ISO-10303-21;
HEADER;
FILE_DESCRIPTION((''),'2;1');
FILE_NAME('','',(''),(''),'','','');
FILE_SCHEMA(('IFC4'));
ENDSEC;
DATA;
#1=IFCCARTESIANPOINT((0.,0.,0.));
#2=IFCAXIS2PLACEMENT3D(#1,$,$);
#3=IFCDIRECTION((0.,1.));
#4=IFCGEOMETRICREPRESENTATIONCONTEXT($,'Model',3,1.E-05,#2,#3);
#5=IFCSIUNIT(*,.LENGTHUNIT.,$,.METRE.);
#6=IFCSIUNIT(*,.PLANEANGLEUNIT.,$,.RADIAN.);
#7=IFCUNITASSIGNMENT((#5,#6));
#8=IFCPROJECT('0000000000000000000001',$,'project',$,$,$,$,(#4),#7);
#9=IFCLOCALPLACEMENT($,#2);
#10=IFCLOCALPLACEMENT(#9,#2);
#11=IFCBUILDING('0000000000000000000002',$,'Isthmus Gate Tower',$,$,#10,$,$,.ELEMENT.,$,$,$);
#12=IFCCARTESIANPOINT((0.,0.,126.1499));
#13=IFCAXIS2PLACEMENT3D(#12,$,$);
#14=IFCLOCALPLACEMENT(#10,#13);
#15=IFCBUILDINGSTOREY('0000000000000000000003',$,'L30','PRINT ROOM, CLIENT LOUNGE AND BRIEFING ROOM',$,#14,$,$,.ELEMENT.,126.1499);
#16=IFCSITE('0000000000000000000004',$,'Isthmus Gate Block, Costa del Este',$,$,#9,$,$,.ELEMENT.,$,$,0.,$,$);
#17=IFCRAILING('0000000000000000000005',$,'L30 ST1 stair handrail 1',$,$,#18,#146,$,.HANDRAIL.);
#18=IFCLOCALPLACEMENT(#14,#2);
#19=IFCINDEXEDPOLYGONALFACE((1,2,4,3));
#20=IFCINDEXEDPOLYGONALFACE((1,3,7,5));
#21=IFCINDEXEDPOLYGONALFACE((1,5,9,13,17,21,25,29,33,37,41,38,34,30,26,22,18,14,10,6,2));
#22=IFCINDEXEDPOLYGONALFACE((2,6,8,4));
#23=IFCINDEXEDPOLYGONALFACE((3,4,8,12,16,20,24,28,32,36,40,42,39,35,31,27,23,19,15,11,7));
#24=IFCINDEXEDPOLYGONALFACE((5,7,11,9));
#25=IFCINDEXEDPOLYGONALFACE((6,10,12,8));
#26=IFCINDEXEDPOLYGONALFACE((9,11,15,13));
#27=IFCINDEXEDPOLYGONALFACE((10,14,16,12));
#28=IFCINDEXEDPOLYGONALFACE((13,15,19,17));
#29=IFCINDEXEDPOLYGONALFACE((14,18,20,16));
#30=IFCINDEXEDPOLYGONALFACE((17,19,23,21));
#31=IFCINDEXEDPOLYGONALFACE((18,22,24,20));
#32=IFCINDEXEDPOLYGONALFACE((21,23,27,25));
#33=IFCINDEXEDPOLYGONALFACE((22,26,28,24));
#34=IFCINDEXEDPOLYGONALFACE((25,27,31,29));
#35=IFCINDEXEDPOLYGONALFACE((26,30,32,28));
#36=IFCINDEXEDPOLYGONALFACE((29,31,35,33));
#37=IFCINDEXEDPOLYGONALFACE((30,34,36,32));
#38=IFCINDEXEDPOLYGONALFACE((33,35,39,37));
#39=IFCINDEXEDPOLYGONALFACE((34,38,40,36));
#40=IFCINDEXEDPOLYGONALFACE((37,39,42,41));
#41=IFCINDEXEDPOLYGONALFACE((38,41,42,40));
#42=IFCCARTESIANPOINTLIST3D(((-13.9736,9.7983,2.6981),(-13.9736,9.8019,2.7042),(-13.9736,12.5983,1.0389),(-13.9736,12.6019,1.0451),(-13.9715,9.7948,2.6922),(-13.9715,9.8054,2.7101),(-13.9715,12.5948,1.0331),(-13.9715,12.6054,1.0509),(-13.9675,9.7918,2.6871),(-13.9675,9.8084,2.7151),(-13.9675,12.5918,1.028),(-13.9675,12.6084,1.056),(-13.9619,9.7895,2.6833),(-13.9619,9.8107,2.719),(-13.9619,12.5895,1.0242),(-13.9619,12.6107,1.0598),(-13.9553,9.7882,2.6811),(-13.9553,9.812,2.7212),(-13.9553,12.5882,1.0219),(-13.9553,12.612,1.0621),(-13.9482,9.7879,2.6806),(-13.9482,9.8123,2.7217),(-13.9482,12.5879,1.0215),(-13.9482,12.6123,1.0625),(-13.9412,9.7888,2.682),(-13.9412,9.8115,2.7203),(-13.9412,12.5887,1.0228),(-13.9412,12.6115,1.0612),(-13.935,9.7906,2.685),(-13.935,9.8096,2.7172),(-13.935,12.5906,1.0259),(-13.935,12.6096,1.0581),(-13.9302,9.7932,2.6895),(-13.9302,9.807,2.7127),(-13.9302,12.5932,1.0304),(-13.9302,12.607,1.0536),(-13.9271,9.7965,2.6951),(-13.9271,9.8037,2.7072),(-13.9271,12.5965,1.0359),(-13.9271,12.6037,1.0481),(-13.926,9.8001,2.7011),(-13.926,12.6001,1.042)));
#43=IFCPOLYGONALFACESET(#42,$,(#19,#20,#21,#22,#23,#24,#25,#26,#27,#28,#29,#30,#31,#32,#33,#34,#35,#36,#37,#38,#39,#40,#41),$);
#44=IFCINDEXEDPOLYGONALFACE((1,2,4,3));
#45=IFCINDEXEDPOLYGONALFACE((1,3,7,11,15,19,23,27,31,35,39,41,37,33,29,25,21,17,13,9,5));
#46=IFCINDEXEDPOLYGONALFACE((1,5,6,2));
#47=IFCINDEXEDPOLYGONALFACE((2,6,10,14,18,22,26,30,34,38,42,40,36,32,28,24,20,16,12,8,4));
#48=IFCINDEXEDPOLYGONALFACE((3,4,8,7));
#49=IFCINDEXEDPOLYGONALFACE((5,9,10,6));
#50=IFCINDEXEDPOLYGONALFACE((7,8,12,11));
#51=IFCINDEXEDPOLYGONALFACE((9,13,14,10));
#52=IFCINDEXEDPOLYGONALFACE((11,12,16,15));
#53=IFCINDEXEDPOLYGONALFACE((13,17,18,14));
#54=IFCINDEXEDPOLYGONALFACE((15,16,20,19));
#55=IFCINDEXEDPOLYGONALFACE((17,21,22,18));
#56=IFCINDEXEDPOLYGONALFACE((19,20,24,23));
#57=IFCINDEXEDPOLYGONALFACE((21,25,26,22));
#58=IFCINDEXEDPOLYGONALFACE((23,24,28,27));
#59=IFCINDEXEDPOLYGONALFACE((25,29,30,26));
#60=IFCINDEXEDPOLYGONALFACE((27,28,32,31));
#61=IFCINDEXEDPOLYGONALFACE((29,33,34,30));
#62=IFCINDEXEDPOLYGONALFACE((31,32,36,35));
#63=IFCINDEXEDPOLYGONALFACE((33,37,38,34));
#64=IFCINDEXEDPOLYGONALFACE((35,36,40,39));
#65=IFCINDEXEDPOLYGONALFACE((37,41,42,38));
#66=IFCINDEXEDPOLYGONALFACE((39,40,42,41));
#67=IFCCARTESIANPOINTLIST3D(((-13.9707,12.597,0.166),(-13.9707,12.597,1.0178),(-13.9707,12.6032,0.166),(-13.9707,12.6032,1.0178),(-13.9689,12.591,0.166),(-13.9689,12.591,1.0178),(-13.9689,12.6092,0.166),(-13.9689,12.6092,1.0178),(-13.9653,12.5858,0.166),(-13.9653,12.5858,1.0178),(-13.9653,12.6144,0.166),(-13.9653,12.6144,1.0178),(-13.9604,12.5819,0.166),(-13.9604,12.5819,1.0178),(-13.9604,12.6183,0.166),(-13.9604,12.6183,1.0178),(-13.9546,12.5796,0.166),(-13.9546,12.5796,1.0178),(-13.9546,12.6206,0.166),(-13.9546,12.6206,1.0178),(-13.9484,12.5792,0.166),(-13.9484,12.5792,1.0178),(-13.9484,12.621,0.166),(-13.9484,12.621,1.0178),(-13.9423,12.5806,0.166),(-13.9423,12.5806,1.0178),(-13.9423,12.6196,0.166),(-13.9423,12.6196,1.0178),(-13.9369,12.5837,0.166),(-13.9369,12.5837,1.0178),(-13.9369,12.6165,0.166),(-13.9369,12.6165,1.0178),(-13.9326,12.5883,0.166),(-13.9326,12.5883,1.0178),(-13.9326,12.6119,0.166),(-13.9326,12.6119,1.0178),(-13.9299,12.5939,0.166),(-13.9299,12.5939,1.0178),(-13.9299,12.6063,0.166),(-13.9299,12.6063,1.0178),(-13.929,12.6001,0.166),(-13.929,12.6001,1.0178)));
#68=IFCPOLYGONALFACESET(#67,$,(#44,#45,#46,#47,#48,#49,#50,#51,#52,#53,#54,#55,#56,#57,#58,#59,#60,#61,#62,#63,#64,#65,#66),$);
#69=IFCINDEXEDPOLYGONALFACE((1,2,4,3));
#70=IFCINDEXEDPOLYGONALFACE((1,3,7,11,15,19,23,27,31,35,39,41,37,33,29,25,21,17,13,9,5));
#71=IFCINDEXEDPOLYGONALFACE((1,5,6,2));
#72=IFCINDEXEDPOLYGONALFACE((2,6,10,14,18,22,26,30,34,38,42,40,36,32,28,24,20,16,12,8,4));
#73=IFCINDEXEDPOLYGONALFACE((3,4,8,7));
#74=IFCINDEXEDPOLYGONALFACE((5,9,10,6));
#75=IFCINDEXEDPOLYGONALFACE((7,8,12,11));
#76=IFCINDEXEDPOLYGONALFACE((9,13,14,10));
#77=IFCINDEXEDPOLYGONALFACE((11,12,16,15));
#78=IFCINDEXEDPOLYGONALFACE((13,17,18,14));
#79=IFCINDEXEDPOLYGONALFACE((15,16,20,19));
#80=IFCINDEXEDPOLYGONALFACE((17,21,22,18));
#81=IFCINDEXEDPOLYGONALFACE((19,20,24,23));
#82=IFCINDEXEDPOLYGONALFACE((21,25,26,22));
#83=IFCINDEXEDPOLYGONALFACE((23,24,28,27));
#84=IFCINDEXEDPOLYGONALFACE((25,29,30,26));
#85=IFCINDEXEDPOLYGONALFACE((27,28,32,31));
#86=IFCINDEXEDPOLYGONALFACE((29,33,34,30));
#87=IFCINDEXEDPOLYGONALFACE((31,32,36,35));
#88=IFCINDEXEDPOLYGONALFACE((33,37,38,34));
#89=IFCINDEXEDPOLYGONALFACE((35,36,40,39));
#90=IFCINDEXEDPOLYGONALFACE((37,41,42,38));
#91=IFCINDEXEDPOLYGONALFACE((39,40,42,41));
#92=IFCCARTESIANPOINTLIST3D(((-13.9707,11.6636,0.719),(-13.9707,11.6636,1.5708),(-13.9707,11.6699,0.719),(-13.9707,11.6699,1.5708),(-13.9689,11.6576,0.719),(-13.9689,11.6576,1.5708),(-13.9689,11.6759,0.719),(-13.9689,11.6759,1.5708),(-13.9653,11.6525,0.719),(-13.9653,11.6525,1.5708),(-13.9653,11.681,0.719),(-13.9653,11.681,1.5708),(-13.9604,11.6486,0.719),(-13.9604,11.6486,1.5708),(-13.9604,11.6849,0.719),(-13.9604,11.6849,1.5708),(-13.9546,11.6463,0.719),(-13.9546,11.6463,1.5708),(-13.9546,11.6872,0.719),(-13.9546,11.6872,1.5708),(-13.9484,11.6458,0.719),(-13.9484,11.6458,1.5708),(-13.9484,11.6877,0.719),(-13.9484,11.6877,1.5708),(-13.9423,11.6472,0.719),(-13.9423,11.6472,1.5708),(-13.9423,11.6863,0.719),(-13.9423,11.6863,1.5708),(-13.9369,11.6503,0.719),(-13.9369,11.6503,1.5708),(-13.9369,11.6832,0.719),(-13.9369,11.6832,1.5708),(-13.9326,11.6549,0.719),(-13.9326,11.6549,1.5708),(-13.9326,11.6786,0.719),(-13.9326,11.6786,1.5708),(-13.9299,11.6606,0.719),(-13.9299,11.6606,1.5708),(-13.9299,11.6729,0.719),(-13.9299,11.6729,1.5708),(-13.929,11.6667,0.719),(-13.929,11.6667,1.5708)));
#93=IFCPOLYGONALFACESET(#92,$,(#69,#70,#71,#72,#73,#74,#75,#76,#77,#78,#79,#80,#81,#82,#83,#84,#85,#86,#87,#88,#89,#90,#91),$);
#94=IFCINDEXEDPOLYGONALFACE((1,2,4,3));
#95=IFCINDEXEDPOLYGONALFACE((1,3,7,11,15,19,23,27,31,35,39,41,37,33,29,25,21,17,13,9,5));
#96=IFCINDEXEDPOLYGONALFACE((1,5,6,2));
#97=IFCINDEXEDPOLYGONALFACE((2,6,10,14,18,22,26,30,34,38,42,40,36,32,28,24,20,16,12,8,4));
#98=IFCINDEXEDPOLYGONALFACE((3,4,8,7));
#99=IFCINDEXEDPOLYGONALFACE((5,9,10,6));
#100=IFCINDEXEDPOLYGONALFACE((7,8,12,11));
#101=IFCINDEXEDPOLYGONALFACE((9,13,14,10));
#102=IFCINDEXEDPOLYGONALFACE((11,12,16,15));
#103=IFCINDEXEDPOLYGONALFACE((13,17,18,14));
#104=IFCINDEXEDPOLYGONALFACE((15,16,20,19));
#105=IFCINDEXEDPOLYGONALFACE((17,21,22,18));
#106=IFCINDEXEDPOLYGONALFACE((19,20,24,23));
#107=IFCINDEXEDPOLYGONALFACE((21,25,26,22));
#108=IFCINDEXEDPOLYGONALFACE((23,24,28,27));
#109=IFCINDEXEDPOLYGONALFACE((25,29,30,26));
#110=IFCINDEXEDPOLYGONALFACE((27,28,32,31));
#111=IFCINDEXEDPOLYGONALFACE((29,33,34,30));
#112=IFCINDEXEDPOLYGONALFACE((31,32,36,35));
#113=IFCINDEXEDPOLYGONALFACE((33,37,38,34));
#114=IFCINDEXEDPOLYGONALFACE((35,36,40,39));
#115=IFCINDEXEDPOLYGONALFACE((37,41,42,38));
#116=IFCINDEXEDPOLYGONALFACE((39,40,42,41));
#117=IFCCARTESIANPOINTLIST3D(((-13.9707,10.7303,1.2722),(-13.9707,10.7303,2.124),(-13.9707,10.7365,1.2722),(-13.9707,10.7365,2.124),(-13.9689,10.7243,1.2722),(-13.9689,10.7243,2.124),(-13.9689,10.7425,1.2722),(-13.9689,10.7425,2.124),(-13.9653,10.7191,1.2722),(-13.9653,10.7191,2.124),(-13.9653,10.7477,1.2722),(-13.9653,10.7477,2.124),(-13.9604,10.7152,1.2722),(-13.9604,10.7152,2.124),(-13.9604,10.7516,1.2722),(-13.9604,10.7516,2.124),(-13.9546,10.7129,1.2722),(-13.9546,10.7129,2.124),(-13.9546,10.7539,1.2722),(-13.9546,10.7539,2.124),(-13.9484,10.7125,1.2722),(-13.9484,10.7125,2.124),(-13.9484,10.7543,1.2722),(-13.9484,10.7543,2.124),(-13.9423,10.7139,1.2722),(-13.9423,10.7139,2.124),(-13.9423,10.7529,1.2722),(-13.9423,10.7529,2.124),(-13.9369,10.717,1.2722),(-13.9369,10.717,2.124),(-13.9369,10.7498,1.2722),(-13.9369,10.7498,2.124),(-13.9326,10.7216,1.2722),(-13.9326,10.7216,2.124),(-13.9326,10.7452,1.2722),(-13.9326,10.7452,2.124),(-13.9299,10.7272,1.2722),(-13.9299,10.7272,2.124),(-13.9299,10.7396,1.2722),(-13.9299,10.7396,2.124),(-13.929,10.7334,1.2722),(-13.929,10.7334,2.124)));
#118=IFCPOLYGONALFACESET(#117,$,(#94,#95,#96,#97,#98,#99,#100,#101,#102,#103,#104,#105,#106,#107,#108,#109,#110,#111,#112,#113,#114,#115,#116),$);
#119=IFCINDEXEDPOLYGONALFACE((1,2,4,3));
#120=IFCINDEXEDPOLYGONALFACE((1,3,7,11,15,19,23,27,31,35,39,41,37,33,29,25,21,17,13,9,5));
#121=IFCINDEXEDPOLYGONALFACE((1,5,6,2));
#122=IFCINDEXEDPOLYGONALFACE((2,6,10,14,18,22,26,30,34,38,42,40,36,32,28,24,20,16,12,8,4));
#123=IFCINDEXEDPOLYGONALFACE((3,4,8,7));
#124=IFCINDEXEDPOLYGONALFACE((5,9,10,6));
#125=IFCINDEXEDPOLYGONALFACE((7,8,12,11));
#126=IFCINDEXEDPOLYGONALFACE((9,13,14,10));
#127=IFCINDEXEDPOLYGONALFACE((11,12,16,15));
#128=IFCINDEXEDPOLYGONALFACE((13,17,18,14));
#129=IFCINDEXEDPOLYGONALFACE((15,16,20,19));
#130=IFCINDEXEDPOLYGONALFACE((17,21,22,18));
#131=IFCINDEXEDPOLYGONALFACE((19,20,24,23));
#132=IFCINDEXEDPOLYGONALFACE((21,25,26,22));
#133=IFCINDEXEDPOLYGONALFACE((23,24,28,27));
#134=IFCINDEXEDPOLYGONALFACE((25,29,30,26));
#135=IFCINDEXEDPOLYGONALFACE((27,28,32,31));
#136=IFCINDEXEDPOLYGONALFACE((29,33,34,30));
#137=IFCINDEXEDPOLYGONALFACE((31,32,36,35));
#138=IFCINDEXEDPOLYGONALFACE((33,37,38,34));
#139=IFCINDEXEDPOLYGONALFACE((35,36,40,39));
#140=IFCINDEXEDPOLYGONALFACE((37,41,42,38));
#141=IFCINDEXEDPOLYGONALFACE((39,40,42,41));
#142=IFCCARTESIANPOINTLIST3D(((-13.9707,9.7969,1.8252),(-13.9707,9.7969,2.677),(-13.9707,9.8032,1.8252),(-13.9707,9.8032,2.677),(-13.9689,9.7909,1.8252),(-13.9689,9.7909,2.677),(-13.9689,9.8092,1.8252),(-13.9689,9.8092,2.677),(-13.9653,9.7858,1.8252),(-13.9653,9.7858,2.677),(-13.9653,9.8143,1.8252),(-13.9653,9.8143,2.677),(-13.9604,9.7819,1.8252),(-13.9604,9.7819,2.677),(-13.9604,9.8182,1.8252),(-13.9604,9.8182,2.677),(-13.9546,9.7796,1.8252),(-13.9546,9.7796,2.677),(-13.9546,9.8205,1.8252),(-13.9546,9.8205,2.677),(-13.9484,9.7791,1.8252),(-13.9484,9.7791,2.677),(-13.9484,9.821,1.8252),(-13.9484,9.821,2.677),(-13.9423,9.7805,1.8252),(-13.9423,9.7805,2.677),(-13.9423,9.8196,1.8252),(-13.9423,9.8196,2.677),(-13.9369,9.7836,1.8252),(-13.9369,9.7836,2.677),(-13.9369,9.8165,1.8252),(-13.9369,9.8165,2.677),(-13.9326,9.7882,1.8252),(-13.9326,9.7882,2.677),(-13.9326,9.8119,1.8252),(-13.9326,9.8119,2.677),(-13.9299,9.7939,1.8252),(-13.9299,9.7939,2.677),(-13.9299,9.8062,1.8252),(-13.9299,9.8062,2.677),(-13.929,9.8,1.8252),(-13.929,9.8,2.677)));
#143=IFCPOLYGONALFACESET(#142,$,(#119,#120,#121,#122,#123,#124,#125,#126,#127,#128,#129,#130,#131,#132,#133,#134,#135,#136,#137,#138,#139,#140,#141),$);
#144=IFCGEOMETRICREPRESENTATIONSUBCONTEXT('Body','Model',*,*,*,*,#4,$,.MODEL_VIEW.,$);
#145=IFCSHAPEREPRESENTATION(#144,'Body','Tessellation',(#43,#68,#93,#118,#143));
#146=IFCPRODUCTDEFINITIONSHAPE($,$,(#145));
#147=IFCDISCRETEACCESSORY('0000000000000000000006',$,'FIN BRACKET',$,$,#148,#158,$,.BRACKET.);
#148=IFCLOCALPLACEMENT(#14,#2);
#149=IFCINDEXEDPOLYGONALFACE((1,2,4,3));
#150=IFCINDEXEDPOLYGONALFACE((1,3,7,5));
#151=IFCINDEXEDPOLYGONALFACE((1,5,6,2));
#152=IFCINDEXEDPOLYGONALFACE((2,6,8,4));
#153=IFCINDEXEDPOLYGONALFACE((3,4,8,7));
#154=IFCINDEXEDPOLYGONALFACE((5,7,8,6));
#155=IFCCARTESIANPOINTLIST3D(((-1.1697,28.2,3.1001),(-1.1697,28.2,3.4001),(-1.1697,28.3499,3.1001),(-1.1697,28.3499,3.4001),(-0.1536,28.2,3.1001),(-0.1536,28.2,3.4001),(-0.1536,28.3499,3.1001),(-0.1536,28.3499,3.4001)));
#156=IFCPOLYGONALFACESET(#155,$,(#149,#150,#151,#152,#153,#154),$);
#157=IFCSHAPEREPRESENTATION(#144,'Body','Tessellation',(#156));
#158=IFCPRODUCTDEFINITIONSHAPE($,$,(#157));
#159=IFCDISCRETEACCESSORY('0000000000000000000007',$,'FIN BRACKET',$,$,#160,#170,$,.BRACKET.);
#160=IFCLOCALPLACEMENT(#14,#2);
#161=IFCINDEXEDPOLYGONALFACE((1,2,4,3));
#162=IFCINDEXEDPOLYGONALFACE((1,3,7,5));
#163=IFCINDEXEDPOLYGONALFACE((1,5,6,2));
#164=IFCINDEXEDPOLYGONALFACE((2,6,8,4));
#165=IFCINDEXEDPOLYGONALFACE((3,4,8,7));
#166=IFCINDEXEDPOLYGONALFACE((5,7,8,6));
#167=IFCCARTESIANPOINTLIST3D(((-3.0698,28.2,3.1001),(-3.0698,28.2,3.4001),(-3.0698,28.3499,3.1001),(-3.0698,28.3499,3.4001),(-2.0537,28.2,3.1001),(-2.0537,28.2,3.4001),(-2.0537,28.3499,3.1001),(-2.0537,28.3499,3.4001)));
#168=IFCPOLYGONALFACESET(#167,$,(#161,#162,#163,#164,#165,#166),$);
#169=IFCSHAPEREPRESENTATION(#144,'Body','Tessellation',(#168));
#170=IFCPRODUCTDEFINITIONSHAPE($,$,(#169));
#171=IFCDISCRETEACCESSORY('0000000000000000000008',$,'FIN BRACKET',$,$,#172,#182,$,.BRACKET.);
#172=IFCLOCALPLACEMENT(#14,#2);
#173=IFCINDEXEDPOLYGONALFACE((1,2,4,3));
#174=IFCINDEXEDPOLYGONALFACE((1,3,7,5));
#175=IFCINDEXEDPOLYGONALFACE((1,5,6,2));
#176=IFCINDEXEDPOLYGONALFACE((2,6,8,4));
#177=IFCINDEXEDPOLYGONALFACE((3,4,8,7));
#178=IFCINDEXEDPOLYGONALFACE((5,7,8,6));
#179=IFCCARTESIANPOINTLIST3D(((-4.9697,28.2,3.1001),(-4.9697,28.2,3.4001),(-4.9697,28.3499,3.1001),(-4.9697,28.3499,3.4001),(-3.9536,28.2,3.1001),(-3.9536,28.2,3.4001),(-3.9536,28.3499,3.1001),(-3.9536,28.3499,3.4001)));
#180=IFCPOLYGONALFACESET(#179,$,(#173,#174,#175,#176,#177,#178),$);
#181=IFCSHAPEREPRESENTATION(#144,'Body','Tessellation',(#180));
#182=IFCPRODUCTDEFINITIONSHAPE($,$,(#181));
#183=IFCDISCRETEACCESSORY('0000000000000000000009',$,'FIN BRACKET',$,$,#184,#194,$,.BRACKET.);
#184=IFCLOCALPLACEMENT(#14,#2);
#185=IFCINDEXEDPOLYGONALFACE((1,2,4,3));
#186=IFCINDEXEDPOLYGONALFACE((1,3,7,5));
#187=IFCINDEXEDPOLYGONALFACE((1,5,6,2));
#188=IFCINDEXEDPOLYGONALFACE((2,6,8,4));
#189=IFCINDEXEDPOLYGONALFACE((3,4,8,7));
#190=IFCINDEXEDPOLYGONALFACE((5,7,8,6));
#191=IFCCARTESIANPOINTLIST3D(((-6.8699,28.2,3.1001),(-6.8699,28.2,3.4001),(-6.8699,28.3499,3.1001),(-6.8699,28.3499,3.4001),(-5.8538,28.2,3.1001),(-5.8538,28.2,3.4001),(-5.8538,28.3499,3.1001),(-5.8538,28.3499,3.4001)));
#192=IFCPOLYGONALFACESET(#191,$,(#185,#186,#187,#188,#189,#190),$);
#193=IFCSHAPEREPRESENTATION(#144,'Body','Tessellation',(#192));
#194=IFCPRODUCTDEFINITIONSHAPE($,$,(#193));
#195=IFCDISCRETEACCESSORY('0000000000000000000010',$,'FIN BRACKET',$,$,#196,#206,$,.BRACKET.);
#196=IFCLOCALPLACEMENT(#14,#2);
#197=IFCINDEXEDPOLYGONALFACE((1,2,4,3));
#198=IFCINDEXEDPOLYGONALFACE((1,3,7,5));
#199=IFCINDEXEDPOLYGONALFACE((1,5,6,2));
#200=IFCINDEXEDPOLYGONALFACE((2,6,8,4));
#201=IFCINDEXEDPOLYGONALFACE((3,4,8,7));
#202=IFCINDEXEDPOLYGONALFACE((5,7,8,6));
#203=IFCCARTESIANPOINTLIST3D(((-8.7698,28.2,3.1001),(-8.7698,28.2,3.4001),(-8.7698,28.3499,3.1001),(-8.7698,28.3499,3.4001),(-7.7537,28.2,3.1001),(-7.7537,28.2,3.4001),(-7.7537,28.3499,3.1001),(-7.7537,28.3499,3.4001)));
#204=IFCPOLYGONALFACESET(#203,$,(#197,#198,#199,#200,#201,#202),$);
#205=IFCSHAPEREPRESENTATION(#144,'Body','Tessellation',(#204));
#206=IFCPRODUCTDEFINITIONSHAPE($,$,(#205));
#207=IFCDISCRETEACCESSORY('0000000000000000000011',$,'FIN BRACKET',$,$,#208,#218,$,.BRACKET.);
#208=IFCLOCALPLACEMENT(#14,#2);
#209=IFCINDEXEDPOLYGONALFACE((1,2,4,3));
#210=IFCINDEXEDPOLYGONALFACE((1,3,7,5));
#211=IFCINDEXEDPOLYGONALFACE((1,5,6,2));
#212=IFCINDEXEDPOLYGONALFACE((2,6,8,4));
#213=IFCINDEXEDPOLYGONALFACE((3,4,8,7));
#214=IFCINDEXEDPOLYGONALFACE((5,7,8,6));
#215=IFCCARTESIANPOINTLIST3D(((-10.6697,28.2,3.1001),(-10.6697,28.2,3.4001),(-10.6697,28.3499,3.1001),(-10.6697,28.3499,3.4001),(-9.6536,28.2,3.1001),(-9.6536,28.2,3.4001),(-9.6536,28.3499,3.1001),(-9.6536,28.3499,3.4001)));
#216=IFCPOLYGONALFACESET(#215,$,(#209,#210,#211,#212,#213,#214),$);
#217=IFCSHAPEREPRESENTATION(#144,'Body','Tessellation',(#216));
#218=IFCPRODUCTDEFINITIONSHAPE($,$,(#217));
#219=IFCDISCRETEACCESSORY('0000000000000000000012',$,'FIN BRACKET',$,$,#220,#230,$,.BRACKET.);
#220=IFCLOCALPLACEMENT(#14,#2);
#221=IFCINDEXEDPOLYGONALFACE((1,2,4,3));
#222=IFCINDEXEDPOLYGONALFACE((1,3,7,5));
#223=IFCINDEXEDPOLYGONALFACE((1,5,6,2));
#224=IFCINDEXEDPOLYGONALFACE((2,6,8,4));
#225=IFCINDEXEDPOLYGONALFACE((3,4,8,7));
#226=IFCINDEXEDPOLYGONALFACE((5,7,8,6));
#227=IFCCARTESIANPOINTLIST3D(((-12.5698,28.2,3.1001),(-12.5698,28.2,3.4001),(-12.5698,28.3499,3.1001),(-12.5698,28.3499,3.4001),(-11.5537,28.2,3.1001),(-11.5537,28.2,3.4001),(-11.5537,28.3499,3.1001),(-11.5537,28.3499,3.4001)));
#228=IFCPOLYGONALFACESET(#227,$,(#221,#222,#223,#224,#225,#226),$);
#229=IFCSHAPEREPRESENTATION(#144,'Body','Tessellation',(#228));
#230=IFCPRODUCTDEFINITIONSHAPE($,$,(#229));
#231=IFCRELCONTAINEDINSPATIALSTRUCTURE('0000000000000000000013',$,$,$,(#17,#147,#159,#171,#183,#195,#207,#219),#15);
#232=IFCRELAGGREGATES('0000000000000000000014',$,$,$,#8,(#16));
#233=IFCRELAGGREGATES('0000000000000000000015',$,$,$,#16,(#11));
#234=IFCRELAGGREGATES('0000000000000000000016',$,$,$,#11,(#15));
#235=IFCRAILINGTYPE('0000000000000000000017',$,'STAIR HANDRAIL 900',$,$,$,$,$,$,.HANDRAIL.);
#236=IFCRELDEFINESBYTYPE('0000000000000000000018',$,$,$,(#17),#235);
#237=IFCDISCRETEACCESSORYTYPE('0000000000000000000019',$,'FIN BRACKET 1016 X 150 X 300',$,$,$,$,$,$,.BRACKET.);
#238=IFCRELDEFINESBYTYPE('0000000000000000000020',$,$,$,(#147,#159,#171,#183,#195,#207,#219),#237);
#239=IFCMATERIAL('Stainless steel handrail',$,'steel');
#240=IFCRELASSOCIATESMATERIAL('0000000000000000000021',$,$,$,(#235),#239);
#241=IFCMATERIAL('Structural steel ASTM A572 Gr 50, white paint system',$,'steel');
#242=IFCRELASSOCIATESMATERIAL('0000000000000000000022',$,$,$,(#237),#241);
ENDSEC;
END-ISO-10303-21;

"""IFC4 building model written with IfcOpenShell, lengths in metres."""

from ifc_helpers import new_model, si_unit, direction, frame, origin, origin_2d, place, context, subcontext, project, spatial, rectangle, circle, extrude, material, type_object, element, save


model = new_model("IFC4")

# Units and contexts
model_context = context("Model", 3, precision=1e-05, world=origin(), true_north=direction((0.0, 1.0)))
body_context = subcontext(model_context, "Body", "Model", "MODEL_VIEW")
ifc_project = project(units=[si_unit("LENGTHUNIT", "METRE"), si_unit("PLANEANGLEUNIT", "RADIAN")], contexts=[model_context])

# Site, building, storey
site_placement = place(None, origin())
site = spatial("IfcSite", under=ifc_project, at=site_placement, Name="Isthmus Gate Block, Costa del Este", CompositionType="ELEMENT", RefElevation=0.0)
building_placement = place(site_placement, origin())
building = spatial("IfcBuilding", under=site, at=building_placement, Name="Isthmus Gate Tower", CompositionType="ELEMENT")
storey_placement = place(building_placement, frame((0.0, 0.0, 126.1499)))
storey = spatial("IfcBuildingStorey", under=building, at=storey_placement, Name="L30", Description="PRINT ROOM, CLIENT LOUNGE AND BRIEFING ROOM", CompositionType="ELEMENT", Elevation=126.1499)

# Railing
ifc_material_1 = material(Name="Stainless steel handrail", Category="steel")
railing_type_1 = type_object("IfcRailingType", Name="STAIR HANDRAIL 900", PredefinedType="HANDRAIL", material=ifc_material_1)
railing_1_placement = place(storey_placement, frame((-13.95, 12.6001, 0.166)))
element("IfcRailing", 1, at=railing_1_placement, inside=storey, type_object=railing_type_1, Name="L30 ST1 stair handrail 1", PredefinedType="HANDRAIL", context=body_context, shape_type="SweptSolid", body=[
    extrude(circle(Radius=0.0239, at=origin_2d()), frame((0.0, 0.0, 0.876), z_axis=(0.0, -0.860306, 0.509778), x_axis=(1.0, 0.0, 0.0)), (0.0, 0.0, 1.0), 3.2546),
    extrude(circle(Radius=0.021, at=origin_2d()), origin(), (0.0, 0.0, 1.0), 0.8518),
    extrude(circle(Radius=0.021, at=origin_2d()), frame((0.0, -0.9333, 0.553)), (0.0, 0.0, 1.0), 0.8518),
    extrude(circle(Radius=0.021, at=origin_2d()), frame((0.0, -1.8667, 1.1062)), (0.0, 0.0, 1.0), 0.8518),
    extrude(circle(Radius=0.021, at=origin_2d()), frame((0.0, -2.8, 1.6592)), (0.0, 0.0, 1.0), 0.8518),
])

# Discrete accessories
ifc_material_2 = material(Name="Structural steel ASTM A572 Gr 50, white paint system", Category="steel")
discrete_accessory_type = type_object("IfcDiscreteAccessoryType", Name="FIN BRACKET 1016 X 150 X 300", PredefinedType="BRACKET", material=ifc_material_2)
for number, where, z_axis, x_axis, name in (
    (2, (-0.6616, 28.2749, 3.1001), (0.0, 0.0, 1.0), (0.0, 1.0, 0.0), "FIN BRACKET"),
    (3, (-2.5618, 28.2749, 3.1001), (0.0, 0.0, 1.0), (0.0, 1.0, 0.0), "FIN BRACKET"),
    (4, (-4.4617, 28.2749, 3.1001), (0.0, 0.0, 1.0), (0.0, 1.0, 0.0), "FIN BRACKET"),
    (5, (-6.3618, 28.2749, 3.1001), (0.0, 0.0, 1.0), (0.0, 1.0, 0.0), "FIN BRACKET"),
    (6, (-8.2617, 28.2749, 3.1001), (0.0, 0.0, 1.0), (0.0, 1.0, 0.0), "FIN BRACKET"),
    (7, (-10.1616, 28.2749, 3.1001), (0.0, 0.0, 1.0), (0.0, 1.0, 0.0), "FIN BRACKET"),
    (8, (-12.0618, 28.2749, 3.1001), (0.0, 0.0, 1.0), (0.0, 1.0, 0.0), "FIN BRACKET"),
):
    element("IfcDiscreteAccessory", number, at=place(storey_placement, frame(where, z_axis=z_axis, x_axis=x_axis)), inside=storey, type_object=discrete_accessory_type, Name=name, PredefinedType="BRACKET", context=body_context, shape_type="SweptSolid", body=[
        extrude(rectangle(XDim=0.1499, YDim=1.0161, at=origin_2d()), origin(), (0.0, 0.0, 1.0), 0.3),
    ])

save(model, "model.ifc")
